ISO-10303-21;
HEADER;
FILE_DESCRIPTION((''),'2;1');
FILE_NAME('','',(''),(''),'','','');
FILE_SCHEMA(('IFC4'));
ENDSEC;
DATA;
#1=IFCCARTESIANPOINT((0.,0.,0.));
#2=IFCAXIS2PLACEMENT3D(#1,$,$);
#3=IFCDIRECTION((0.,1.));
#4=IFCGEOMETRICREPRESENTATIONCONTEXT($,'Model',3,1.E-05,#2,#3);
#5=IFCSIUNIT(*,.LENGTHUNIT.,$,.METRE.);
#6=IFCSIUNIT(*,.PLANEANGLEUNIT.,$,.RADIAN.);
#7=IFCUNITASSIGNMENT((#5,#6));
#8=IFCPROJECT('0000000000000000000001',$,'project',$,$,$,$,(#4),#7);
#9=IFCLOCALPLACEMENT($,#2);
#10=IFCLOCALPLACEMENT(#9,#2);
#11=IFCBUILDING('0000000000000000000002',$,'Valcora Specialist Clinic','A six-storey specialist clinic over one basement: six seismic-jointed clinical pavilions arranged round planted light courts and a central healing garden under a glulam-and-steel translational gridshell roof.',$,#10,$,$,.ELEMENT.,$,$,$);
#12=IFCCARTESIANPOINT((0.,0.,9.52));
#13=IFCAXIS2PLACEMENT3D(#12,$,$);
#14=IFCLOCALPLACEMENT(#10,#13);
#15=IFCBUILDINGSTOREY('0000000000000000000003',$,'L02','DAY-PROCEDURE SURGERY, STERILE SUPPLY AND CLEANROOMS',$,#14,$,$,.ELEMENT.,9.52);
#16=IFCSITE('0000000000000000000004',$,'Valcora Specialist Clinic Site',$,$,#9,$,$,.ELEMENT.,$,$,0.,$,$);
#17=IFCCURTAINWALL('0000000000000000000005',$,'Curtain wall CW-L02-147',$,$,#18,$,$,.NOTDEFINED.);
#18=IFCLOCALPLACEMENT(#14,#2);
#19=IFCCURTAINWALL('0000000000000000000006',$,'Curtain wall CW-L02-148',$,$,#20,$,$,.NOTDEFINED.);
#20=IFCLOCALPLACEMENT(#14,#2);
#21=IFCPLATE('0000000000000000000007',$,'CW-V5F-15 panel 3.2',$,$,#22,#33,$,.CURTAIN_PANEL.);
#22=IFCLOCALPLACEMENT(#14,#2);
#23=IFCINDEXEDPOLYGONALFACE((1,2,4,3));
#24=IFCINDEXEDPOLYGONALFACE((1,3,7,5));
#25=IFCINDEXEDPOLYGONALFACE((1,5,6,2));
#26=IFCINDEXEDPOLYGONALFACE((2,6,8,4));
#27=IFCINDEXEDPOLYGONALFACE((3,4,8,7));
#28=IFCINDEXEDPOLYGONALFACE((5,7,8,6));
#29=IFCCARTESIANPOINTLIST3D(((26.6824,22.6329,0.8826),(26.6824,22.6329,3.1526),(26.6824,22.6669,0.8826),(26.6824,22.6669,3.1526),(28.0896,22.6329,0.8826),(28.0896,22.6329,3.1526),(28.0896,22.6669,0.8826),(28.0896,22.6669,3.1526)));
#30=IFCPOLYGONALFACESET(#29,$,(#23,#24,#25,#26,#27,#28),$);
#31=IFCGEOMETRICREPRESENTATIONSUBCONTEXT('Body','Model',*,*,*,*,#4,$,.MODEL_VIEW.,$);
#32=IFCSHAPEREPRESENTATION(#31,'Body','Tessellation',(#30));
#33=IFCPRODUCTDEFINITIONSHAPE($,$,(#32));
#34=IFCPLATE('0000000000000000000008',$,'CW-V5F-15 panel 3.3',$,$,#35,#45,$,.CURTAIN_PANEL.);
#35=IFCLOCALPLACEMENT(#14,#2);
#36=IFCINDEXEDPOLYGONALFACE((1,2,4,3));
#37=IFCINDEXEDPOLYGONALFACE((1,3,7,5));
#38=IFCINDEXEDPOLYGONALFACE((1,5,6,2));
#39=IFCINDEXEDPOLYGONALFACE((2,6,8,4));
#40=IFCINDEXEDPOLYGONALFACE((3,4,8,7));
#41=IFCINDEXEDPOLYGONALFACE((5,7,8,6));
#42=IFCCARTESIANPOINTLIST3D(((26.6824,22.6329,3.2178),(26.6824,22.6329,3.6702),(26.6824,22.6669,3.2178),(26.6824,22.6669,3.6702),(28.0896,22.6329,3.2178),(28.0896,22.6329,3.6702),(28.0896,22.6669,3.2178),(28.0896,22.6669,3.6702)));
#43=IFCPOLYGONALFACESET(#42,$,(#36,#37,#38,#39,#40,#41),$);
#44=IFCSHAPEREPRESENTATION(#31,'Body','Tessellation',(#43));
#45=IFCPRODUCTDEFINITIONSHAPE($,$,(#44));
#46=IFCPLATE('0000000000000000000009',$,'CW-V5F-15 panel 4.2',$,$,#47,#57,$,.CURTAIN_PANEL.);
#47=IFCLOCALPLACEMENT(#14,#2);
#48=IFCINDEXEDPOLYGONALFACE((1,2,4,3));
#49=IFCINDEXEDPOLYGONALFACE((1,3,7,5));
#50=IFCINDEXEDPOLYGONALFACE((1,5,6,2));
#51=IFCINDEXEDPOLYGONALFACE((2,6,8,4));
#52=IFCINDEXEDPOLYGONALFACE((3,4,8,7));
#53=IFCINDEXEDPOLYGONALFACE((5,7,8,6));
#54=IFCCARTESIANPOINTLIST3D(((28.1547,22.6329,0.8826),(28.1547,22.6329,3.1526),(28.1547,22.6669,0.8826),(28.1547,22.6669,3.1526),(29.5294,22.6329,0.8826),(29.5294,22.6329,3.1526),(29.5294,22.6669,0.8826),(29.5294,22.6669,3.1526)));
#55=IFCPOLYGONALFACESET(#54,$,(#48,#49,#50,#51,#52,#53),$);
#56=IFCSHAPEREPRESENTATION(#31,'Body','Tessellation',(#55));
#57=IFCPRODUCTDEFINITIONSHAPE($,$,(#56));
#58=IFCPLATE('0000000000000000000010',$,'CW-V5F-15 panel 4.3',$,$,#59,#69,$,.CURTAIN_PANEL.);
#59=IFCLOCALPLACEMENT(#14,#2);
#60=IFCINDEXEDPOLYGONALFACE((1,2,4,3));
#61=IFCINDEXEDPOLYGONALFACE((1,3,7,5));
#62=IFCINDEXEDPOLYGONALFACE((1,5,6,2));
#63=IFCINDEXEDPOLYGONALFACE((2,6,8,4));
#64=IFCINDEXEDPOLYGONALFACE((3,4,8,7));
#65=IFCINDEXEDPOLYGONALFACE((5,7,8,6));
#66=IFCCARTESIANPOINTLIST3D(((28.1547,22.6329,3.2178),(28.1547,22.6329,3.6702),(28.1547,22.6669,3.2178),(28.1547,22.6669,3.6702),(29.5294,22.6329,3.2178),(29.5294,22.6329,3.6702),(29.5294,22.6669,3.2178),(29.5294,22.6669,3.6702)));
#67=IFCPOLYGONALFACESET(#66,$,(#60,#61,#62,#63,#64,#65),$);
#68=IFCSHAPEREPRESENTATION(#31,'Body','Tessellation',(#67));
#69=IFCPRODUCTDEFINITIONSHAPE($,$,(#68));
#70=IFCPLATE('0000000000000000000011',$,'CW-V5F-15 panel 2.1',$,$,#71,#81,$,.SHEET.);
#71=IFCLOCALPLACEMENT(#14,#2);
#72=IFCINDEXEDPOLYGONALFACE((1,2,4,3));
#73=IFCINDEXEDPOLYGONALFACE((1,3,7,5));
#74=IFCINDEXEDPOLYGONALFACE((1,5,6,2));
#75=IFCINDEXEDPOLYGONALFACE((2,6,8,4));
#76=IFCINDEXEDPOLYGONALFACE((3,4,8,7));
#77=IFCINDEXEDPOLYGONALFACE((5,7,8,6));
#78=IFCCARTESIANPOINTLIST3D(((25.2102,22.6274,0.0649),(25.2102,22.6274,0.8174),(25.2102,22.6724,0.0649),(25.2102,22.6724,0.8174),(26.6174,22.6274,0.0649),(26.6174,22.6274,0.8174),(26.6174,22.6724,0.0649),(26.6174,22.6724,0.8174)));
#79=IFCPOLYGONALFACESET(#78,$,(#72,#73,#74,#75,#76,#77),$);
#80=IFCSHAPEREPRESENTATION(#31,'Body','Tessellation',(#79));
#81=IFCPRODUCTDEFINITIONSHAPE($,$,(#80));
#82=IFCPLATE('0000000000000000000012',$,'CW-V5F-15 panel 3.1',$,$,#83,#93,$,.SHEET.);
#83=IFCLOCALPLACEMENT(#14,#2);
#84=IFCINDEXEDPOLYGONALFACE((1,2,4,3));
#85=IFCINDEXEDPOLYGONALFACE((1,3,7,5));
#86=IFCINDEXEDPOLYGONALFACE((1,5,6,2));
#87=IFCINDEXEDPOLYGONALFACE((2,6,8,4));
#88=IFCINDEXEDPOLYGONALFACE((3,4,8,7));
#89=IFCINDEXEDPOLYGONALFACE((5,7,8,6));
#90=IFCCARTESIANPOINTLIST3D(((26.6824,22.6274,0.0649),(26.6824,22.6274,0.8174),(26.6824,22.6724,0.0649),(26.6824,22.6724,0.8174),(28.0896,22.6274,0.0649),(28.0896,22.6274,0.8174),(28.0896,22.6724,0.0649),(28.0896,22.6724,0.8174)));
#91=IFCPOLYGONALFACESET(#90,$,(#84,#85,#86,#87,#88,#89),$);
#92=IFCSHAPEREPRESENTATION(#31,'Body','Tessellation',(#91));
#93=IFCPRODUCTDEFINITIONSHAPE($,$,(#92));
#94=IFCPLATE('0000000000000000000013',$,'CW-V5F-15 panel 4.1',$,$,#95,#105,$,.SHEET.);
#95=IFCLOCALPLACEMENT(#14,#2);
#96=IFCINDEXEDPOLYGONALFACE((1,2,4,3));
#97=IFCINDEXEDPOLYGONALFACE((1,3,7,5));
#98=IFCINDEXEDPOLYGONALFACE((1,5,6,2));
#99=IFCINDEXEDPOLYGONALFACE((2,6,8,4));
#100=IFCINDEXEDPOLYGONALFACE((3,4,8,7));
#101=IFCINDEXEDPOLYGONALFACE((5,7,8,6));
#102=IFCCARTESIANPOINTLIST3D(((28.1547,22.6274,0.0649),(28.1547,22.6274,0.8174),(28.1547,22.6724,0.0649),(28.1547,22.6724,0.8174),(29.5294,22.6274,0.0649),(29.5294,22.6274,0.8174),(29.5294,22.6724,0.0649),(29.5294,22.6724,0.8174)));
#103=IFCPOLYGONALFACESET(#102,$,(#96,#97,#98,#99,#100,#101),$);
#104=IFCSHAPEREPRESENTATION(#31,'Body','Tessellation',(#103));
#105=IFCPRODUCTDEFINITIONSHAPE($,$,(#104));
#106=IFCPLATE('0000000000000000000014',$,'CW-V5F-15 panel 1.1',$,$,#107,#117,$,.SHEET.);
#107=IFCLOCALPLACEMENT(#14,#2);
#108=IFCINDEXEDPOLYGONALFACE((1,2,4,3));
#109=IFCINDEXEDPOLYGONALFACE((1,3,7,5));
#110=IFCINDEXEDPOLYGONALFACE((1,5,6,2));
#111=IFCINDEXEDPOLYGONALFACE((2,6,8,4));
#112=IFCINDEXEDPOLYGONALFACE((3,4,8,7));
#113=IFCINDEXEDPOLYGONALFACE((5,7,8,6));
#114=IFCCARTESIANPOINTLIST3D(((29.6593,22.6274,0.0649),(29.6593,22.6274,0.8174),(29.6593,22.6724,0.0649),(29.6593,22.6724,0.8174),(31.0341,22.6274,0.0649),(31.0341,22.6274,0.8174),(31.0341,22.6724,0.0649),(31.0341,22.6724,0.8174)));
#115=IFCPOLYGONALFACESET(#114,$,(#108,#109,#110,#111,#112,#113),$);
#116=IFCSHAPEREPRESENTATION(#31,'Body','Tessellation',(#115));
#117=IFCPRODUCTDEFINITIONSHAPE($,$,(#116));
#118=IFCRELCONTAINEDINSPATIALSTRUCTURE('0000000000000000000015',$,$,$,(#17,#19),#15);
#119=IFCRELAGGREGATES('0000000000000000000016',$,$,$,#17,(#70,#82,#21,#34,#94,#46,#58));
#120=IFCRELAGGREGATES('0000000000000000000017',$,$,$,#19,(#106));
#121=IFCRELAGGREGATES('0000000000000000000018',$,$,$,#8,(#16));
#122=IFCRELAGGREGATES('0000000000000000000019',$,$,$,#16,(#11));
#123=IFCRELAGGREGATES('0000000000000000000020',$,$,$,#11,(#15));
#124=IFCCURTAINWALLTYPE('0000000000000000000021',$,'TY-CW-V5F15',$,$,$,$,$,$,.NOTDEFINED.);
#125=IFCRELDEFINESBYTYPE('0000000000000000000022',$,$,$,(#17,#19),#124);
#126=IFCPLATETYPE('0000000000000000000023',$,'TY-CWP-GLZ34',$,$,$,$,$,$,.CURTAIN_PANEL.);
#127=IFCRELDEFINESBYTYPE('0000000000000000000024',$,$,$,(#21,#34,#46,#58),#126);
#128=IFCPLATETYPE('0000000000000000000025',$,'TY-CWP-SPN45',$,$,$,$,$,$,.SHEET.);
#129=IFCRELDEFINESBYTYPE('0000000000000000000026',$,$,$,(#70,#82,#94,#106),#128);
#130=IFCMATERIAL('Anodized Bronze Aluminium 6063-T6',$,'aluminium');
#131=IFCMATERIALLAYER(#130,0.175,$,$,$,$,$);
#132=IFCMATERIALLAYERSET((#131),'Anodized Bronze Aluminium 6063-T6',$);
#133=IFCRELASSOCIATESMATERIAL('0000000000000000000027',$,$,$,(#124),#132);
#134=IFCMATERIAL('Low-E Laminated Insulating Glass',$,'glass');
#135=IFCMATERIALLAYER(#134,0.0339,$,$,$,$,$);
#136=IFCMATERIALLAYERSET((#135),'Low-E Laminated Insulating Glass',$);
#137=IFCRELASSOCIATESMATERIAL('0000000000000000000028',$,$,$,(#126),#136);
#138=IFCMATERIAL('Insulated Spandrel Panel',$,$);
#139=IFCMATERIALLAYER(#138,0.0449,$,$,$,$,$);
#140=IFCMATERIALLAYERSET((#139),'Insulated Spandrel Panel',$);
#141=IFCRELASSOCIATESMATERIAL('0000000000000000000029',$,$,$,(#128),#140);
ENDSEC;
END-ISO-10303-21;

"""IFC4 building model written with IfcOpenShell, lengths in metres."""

from ifc_helpers import new_model, si_unit, direction, frame, origin, origin_2d, place, context, subcontext, project, spatial, rectangle, extrude, material, layer, layer_set, type_object, element, aggregate, save


model = new_model("IFC4")

# Units and contexts
model_context = context("Model", 3, precision=1e-05, world=origin(), true_north=direction((0.0, 1.0)))
body_context = subcontext(model_context, "Body", "Model", "MODEL_VIEW")
ifc_project = project(units=[si_unit("LENGTHUNIT", "METRE"), si_unit("PLANEANGLEUNIT", "RADIAN")], contexts=[model_context])

# Site, building, storey
site_placement = place(None, origin())
site = spatial("IfcSite", under=ifc_project, at=site_placement, Name="Valcora Specialist Clinic Site", CompositionType="ELEMENT", RefElevation=0.0)
building_placement = place(site_placement, origin())
building = spatial("IfcBuilding", under=site, at=building_placement, Name="Valcora Specialist Clinic", Description="A six-storey specialist clinic over one basement: six seismic-jointed clinical pavilions arranged round planted light courts and a central healing garden under a glulam-and-steel translational gridshell roof.", CompositionType="ELEMENT")
storey_placement = place(building_placement, frame((0.0, 0.0, 9.52)))
storey = spatial("IfcBuildingStorey", under=building, at=storey_placement, Name="L02", Description="DAY-PROCEDURE SURGERY, STERILE SUPPLY AND CLEANROOMS", CompositionType="ELEMENT", Elevation=9.52)

# Curtain wall
ifc_material_1 = material(Name="Anodized Bronze Aluminium 6063-T6", Category="aluminium")
ifc_layer_1 = layer(ifc_material_1, 0.175)
ifc_layer_set_1 = layer_set([ifc_layer_1], Name="Anodized Bronze Aluminium 6063-T6")
curtain_wall_type = type_object("IfcCurtainWallType", Name="TY-CW-V5F15", PredefinedType="NOTDEFINED", material=ifc_layer_set_1)
curtain_wall_1_placement = place(storey_placement, origin())
curtain_wall_1 = element("IfcCurtainWall", 1, at=curtain_wall_1_placement, inside=storey, type_object=curtain_wall_type, Name="Curtain wall CW-L02-147", PredefinedType="NOTDEFINED")

# Curtain wall
curtain_wall_2_placement = place(storey_placement, origin())
curtain_wall_2 = element("IfcCurtainWall", 2, at=curtain_wall_2_placement, inside=storey, type_object=curtain_wall_type, Name="Curtain wall CW-L02-148", PredefinedType="NOTDEFINED")

# Plates
ifc_material_2 = material(Name="Low-E Laminated Insulating Glass", Category="glass")
ifc_layer_2 = layer(ifc_material_2, 0.0339)
ifc_layer_set_2 = layer_set([ifc_layer_2], Name="Low-E Laminated Insulating Glass")
plate_type_1 = type_object("IfcPlateType", Name="TY-CWP-GLZ34", PredefinedType="CURTAIN_PANEL", material=ifc_layer_set_2)
plate_1_placement = place(storey_placement, frame((27.386, 22.6499, 0.8826), z_axis=(0.0, 0.0, 1.0), x_axis=(1.0, 0.0, 0.0)))
plate_1 = element("IfcPlate", 3, at=plate_1_placement, type_object=plate_type_1, Name="CW-V5F-15 panel 3.2", PredefinedType="CURTAIN_PANEL", context=body_context, shape_type="SweptSolid", body=[
    extrude(rectangle(XDim=1.4072, YDim=0.0339, at=origin_2d()), origin(), (0.0, 0.0, 1.0), 2.27),
])
plate_2_placement = place(storey_placement, frame((27.386, 22.6499, 3.2178), z_axis=(0.0, 0.0, 1.0), x_axis=(1.0, 0.0, 0.0)))
plate_2 = element("IfcPlate", 4, at=plate_2_placement, type_object=plate_type_1, Name="CW-V5F-15 panel 3.3", PredefinedType="CURTAIN_PANEL", context=body_context, shape_type="SweptSolid", body=[
    extrude(rectangle(XDim=1.4072, YDim=0.0339, at=origin_2d()), origin(), (0.0, 0.0, 1.0), 0.4524),
])
plate_3_placement = place(storey_placement, frame((28.842, 22.6499, 0.8826), z_axis=(0.0, 0.0, 1.0), x_axis=(1.0, 0.0, 0.0)))
plate_3 = element("IfcPlate", 5, at=plate_3_placement, type_object=plate_type_1, Name="CW-V5F-15 panel 4.2", PredefinedType="CURTAIN_PANEL", context=body_context, shape_type="SweptSolid", body=[
    extrude(rectangle(XDim=1.3748, YDim=0.0339, at=origin_2d()), origin(), (0.0, 0.0, 1.0), 2.27),
])
plate_4_placement = place(storey_placement, frame((28.842, 22.6499, 3.2178), z_axis=(0.0, 0.0, 1.0), x_axis=(1.0, 0.0, 0.0)))
plate_4 = element("IfcPlate", 6, at=plate_4_placement, type_object=plate_type_1, Name="CW-V5F-15 panel 4.3", PredefinedType="CURTAIN_PANEL", context=body_context, shape_type="SweptSolid", body=[
    extrude(rectangle(XDim=1.3748, YDim=0.0339, at=origin_2d()), origin(), (0.0, 0.0, 1.0), 0.4524),
])
ifc_material_3 = material(Name="Insulated Spandrel Panel")
ifc_layer_3 = layer(ifc_material_3, 0.0449)
ifc_layer_set_3 = layer_set([ifc_layer_3], Name="Insulated Spandrel Panel")
plate_type_2 = type_object("IfcPlateType", Name="TY-CWP-SPN45", PredefinedType="SHEET", material=ifc_layer_set_3)
plate_5_placement = place(storey_placement, frame((25.9138, 22.6499, 0.0649), z_axis=(0.0, 0.0, 1.0), x_axis=(1.0, 0.0, 0.0)))
plate_5 = element("IfcPlate", 7, at=plate_5_placement, type_object=plate_type_2, Name="CW-V5F-15 panel 2.1", PredefinedType="SHEET", context=body_context, shape_type="SweptSolid", body=[
    extrude(rectangle(XDim=1.4072, YDim=0.0449, at=origin_2d()), origin(), (0.0, 0.0, 1.0), 0.7524),
])
plate_6_placement = place(storey_placement, frame((27.386, 22.6499, 0.0649), z_axis=(0.0, 0.0, 1.0), x_axis=(1.0, 0.0, 0.0)))
plate_6 = element("IfcPlate", 8, at=plate_6_placement, type_object=plate_type_2, Name="CW-V5F-15 panel 3.1", PredefinedType="SHEET", context=body_context, shape_type="SweptSolid", body=[
    extrude(rectangle(XDim=1.4072, YDim=0.0449, at=origin_2d()), origin(), (0.0, 0.0, 1.0), 0.7524),
])
plate_7_placement = place(storey_placement, frame((28.842, 22.6499, 0.0649), z_axis=(0.0, 0.0, 1.0), x_axis=(1.0, 0.0, 0.0)))
plate_7 = element("IfcPlate", 9, at=plate_7_placement, type_object=plate_type_2, Name="CW-V5F-15 panel 4.1", PredefinedType="SHEET", context=body_context, shape_type="SweptSolid", body=[
    extrude(rectangle(XDim=1.3748, YDim=0.0449, at=origin_2d()), origin(), (0.0, 0.0, 1.0), 0.7524),
])
aggregate(curtain_wall_1, [plate_5, plate_6, plate_1, plate_2, plate_7, plate_3, plate_4])
plate_8_placement = place(storey_placement, frame((30.3467, 22.6499, 0.0649), z_axis=(0.0, 0.0, 1.0), x_axis=(1.0, 0.0, 0.0)))
plate_8 = element("IfcPlate", 10, at=plate_8_placement, type_object=plate_type_2, Name="CW-V5F-15 panel 1.1", PredefinedType="SHEET", context=body_context, shape_type="SweptSolid", body=[
    extrude(rectangle(XDim=1.3748, YDim=0.0449, at=origin_2d()), origin(), (0.0, 0.0, 1.0), 0.7524),
])
aggregate(curtain_wall_2, [plate_8])

save(model, "model.ifc")
